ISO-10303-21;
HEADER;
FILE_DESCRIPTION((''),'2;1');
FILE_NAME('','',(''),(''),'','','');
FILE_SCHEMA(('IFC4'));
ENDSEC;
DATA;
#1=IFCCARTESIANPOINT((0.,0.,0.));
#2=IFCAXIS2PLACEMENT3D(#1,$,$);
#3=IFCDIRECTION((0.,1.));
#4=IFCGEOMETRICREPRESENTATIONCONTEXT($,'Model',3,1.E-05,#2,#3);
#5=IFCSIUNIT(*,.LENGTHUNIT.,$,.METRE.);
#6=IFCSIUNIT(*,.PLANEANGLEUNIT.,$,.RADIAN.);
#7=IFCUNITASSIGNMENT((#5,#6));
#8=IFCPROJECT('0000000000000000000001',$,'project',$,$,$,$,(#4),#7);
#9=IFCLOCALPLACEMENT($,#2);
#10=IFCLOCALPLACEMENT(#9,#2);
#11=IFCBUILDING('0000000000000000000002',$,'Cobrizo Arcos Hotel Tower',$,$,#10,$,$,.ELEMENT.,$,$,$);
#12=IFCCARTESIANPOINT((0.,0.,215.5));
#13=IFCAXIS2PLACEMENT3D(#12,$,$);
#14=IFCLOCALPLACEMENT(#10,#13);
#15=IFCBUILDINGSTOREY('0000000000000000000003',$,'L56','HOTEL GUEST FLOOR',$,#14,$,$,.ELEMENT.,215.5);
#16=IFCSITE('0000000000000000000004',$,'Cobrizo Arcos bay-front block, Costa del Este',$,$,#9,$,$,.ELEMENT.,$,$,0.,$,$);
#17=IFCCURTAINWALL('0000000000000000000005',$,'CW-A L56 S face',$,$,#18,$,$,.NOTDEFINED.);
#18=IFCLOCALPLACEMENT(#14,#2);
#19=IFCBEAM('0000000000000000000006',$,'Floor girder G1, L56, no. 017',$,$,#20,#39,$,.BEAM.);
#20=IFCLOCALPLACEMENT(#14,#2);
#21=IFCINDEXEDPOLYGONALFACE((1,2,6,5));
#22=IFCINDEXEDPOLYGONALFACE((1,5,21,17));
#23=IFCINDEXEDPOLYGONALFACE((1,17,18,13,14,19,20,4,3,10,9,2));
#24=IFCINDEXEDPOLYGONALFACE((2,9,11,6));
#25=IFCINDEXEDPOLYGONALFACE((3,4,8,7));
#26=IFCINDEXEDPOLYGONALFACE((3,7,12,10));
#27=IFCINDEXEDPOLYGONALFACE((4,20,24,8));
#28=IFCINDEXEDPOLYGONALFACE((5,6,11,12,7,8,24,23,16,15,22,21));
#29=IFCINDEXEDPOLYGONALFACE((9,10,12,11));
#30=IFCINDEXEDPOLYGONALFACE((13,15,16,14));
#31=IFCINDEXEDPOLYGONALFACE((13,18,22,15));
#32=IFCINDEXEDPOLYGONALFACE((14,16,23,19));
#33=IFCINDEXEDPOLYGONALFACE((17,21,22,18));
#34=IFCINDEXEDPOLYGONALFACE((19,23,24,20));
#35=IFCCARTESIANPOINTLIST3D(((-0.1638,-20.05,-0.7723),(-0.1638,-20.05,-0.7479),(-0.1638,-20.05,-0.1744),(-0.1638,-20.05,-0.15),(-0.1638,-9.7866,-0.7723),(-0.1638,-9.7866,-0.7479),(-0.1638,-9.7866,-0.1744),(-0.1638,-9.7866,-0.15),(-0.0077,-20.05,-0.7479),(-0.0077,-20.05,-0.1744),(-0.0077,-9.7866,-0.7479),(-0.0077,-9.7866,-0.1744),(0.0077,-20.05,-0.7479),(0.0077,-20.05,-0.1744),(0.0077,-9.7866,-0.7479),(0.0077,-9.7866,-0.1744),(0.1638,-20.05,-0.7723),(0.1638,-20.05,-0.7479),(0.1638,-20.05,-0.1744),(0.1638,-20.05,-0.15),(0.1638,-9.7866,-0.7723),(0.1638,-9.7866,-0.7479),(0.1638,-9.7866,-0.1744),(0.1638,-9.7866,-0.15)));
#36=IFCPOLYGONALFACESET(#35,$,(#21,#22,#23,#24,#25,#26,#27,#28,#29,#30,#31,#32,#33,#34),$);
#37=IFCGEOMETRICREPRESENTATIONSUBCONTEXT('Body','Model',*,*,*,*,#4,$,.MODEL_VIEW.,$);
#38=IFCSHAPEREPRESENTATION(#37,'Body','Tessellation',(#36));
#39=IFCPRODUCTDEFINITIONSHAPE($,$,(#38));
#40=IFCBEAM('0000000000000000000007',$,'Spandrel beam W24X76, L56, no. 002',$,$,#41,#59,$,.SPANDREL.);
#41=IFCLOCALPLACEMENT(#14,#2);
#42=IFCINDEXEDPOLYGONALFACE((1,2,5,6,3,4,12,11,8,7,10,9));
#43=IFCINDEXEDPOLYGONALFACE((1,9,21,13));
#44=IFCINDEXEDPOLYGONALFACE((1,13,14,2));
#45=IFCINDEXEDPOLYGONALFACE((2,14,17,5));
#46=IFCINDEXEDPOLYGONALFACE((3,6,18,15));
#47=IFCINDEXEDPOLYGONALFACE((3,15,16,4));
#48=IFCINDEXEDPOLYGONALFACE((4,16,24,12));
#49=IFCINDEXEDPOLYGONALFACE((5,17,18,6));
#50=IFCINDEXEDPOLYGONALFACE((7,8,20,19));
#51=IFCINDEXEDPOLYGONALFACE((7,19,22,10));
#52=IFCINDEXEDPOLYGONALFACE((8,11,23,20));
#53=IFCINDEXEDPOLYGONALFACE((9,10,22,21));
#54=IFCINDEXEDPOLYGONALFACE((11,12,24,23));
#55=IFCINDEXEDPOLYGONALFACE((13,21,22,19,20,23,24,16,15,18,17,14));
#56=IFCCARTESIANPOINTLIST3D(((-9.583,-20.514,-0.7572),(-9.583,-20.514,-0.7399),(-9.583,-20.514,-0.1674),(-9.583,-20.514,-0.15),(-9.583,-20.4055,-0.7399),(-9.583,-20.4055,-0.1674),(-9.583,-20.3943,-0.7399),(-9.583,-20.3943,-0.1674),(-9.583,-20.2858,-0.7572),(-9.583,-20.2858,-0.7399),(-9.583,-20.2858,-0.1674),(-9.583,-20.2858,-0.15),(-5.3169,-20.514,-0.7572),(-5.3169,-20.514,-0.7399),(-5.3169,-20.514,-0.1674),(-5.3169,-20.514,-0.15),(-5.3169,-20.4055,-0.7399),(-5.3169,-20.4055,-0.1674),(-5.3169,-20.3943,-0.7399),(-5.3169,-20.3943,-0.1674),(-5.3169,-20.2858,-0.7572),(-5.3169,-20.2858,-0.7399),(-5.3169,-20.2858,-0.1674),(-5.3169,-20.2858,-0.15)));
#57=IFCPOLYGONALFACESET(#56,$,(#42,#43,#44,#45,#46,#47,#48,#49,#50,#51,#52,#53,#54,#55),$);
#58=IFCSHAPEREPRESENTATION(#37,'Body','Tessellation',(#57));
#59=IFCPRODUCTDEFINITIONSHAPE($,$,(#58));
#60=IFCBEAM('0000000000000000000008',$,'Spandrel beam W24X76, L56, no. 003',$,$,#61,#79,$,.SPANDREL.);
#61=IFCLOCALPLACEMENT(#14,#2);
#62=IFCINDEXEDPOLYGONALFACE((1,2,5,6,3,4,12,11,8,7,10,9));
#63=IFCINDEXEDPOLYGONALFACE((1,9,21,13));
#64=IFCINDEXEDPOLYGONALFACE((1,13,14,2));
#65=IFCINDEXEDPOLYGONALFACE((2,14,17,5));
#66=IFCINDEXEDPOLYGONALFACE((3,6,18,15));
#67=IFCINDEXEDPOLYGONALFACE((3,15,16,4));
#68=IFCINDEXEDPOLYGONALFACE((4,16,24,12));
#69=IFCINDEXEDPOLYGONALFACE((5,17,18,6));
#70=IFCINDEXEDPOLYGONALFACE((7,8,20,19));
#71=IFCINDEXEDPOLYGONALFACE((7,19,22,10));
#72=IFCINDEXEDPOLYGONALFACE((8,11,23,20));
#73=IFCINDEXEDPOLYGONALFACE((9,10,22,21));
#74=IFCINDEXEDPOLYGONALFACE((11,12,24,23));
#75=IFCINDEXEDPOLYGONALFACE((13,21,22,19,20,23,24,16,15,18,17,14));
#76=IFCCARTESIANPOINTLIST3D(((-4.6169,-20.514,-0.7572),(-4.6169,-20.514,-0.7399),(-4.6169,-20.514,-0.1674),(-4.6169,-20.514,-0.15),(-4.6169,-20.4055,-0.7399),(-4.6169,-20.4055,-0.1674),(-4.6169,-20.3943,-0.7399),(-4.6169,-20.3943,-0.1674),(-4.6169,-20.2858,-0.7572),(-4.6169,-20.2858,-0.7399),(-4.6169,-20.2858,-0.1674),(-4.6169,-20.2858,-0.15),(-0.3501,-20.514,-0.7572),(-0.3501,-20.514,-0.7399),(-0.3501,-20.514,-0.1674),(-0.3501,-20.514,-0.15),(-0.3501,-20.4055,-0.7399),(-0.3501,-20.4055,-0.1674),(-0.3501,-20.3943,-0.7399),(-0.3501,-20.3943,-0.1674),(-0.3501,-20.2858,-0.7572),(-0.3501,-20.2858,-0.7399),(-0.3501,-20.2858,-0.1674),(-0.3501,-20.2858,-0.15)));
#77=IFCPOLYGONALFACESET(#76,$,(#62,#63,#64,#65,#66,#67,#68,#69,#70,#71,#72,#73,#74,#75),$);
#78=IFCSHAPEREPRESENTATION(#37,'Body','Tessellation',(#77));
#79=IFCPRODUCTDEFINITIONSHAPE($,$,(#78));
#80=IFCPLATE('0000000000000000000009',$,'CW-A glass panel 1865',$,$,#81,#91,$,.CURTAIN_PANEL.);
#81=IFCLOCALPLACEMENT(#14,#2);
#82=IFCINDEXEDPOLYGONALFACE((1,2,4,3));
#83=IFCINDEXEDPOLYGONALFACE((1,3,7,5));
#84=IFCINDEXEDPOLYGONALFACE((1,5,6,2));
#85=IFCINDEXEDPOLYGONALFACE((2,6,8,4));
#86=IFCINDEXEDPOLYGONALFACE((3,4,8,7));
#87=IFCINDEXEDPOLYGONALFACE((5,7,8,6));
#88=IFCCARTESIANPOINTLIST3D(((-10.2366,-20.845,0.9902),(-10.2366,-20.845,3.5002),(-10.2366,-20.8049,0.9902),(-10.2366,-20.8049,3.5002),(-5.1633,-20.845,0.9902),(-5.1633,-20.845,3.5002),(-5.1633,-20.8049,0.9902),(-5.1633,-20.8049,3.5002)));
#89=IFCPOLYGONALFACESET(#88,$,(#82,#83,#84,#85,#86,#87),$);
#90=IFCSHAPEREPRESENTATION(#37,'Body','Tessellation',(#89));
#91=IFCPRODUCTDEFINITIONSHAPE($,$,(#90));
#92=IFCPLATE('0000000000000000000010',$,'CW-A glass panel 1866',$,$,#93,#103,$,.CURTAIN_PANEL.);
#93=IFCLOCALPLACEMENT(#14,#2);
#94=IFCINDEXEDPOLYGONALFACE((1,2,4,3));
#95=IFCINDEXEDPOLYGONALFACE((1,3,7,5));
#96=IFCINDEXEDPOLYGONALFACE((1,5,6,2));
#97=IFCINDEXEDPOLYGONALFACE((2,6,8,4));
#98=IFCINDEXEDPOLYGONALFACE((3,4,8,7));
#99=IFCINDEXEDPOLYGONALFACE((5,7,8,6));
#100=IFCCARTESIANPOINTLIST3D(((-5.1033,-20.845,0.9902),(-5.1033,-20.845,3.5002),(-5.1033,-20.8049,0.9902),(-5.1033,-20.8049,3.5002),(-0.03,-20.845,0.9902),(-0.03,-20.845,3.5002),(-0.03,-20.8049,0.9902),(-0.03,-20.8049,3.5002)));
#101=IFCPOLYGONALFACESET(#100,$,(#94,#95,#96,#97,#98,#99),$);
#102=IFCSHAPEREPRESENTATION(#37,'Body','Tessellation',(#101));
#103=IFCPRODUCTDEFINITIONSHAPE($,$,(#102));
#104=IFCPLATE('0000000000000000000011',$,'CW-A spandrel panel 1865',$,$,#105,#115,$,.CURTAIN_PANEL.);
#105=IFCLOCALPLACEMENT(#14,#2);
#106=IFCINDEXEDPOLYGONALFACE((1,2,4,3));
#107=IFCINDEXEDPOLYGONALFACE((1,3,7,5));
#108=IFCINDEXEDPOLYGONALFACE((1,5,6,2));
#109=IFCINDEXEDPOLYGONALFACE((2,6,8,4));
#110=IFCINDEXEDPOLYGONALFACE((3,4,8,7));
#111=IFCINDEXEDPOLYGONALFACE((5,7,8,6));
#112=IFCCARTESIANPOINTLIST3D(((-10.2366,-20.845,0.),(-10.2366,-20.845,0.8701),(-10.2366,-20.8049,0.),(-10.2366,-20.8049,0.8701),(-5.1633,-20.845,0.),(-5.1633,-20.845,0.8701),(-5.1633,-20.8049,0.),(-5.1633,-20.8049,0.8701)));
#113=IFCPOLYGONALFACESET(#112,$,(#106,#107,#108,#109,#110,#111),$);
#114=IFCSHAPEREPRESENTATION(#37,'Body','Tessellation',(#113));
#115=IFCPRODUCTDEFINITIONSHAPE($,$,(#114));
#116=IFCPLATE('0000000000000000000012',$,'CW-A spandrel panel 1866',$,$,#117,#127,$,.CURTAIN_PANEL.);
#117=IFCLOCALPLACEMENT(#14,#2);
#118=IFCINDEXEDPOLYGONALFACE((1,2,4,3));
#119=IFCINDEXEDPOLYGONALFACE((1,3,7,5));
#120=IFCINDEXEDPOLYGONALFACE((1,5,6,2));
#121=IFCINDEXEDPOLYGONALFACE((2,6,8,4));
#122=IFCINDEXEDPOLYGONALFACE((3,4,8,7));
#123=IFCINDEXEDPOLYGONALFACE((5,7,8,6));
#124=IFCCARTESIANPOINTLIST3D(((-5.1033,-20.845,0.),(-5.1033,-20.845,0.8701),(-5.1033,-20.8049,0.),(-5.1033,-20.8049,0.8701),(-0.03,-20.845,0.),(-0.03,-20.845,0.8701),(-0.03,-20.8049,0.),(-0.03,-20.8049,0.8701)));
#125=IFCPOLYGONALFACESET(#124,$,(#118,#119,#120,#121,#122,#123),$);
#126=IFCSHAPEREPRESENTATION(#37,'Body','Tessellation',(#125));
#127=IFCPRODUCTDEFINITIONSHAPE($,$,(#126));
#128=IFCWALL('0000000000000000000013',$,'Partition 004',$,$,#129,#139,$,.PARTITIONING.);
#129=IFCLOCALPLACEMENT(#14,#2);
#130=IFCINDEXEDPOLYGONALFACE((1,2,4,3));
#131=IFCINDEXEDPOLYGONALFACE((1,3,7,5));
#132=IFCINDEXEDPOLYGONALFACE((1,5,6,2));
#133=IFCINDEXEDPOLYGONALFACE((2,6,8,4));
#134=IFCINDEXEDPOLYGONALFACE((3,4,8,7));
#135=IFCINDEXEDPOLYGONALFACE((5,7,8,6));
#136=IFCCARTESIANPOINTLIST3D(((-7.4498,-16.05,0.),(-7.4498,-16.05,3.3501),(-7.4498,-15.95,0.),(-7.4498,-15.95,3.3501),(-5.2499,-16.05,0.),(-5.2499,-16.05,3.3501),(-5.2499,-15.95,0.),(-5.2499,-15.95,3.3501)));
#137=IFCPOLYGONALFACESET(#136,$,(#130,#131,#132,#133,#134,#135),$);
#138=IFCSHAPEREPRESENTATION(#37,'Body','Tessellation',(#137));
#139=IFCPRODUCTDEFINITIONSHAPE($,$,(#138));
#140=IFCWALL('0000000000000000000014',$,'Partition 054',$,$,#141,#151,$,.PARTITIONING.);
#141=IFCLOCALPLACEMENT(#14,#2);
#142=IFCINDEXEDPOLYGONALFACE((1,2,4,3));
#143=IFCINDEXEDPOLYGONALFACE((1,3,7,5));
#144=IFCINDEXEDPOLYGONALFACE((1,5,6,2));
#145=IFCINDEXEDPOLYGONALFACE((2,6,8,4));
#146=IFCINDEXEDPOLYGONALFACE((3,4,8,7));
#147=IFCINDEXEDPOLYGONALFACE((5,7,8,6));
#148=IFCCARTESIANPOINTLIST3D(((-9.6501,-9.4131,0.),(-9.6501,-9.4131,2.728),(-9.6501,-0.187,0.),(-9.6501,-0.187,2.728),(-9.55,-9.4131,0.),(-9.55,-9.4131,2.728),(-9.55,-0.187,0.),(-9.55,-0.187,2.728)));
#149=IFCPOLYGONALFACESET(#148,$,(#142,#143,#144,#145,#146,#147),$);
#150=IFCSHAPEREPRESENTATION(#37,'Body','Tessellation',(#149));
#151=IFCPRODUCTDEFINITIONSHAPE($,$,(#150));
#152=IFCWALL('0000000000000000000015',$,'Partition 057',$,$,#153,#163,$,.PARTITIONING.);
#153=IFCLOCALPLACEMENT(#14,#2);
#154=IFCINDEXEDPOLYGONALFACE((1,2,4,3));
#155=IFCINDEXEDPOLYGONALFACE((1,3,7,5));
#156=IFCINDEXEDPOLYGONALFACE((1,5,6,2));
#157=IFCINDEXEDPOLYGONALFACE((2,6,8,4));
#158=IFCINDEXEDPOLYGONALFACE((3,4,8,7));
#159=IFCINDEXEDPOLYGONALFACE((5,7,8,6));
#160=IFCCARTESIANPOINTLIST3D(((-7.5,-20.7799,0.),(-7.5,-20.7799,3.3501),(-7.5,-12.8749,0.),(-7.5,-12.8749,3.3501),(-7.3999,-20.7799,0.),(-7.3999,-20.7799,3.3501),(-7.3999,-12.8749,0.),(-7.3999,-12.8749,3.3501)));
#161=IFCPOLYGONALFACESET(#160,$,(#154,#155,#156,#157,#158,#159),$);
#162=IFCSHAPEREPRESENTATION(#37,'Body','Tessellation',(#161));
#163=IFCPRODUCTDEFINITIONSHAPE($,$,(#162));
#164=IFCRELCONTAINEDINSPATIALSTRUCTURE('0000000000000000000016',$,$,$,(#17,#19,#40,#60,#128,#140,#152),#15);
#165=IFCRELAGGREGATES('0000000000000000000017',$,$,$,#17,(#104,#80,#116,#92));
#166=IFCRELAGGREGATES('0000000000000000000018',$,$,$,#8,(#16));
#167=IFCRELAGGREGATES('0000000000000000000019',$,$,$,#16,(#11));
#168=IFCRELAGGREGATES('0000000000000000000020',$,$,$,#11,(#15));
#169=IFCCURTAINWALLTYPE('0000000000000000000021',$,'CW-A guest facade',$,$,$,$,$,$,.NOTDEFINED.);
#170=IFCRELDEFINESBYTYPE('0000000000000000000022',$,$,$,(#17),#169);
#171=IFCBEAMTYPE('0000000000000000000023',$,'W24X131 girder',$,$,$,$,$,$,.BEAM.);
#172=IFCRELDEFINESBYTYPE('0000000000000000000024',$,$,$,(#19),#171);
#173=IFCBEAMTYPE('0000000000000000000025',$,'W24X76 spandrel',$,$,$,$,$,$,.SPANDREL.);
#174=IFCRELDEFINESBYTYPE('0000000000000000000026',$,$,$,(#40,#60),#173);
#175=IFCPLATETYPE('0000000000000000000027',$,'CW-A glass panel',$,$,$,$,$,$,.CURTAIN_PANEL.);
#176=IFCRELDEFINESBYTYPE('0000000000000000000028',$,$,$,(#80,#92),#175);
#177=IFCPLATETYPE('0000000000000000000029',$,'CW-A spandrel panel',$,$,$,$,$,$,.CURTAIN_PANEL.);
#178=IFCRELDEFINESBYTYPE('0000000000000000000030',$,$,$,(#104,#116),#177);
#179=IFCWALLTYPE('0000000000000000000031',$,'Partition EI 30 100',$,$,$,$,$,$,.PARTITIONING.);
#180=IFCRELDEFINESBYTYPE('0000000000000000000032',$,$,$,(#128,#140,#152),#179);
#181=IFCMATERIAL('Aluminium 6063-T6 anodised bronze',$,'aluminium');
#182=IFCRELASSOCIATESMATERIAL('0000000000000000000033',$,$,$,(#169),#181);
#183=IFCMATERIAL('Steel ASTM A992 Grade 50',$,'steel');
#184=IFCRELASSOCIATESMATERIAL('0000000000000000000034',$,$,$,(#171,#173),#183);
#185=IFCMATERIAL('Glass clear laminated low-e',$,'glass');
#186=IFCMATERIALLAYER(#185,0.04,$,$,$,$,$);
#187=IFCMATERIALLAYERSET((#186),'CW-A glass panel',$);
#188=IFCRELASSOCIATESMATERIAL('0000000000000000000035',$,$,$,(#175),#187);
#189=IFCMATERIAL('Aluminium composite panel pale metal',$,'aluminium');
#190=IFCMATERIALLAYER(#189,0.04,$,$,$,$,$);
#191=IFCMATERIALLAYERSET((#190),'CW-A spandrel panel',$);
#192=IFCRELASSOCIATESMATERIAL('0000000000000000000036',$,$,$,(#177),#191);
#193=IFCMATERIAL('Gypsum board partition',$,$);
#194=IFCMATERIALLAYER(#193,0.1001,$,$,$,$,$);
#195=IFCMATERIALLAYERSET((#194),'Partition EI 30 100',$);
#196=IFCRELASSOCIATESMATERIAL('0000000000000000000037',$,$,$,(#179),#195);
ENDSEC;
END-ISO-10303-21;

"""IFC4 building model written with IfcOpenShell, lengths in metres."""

from ifc_helpers import new_model, si_unit, direction, frame, frame_2d, origin, origin_2d, place, context, subcontext, project, spatial, rectangle, i_section, extrude, material, layer, layer_set, material_profile, profile_set, type_object, element, aggregate, save


model = new_model("IFC4")

# Units and contexts
model_context = context("Model", 3, precision=1e-05, world=origin(), true_north=direction((0.0, 1.0)))
body_context = subcontext(model_context, "Body", "Model", "MODEL_VIEW")
ifc_project = project(units=[si_unit("LENGTHUNIT", "METRE"), si_unit("PLANEANGLEUNIT", "RADIAN")], contexts=[model_context])

# Site, building, storey
site_placement = place(None, origin())
site = spatial("IfcSite", under=ifc_project, at=site_placement, Name="Cobrizo Arcos bay-front block, Costa del Este", CompositionType="ELEMENT", RefElevation=0.0)
building_placement = place(site_placement, origin())
building = spatial("IfcBuilding", under=site, at=building_placement, Name="Cobrizo Arcos Hotel Tower", CompositionType="ELEMENT")
storey_placement = place(building_placement, frame((0.0, 0.0, 215.5)))
storey = spatial("IfcBuildingStorey", under=building, at=storey_placement, Name="L56", Description="HOTEL GUEST FLOOR", CompositionType="ELEMENT", Elevation=215.5)

# Shared definitions
ifc_material_1 = material(Name="Steel ASTM A992 Grade 50", Category="steel")

# Curtain wall
ifc_material_2 = material(Name="Aluminium 6063-T6 anodised bronze", Category="aluminium")
curtain_wall_type = type_object("IfcCurtainWallType", Name="CW-A guest facade", PredefinedType="NOTDEFINED", material=ifc_material_2)
curtain_wall_placement = place(storey_placement, origin())
curtain_wall = element("IfcCurtainWall", 1, at=curtain_wall_placement, inside=storey, type_object=curtain_wall_type, Name="CW-A L56 S face", PredefinedType="NOTDEFINED")

# Beams
ifc_material_profile_1 = material_profile(ifc_material_1, i_section(OverallWidth=0.3276, OverallDepth=0.6223, WebThickness=0.0154, FlangeThickness=0.0244, at=origin_2d()), Name="W24X131")
ifc_profile_set_1 = profile_set([ifc_material_profile_1], Name="Steel ASTM A992 Grade 50")
beam_type_1 = type_object("IfcBeamType", Name="W24X131 girder", PredefinedType="BEAM", material=ifc_profile_set_1)
beam_1_placement = place(storey_placement, frame((0.0, -20.05, -0.4612), z_axis=(0.0, 1.0, 0.0), x_axis=(-1.0, 0.0, 0.0)))
element("IfcBeam", 2, at=beam_1_placement, inside=storey, type_object=beam_type_1, Name="Floor girder G1, L56, no. 017", PredefinedType="BEAM", context=body_context, shape_type="SweptSolid", body=[
    extrude(i_section(OverallWidth=0.3276, OverallDepth=0.6223, WebThickness=0.0154, FlangeThickness=0.0244, at=origin_2d()), origin(), (0.0, 0.0, 1.0), 10.2634),
])
ifc_material_profile_2 = material_profile(ifc_material_1, i_section(OverallWidth=0.2283, OverallDepth=0.6072, WebThickness=0.0112, FlangeThickness=0.0173, at=origin_2d()), Name="W24X76")
ifc_profile_set_2 = profile_set([ifc_material_profile_2], Name="Steel ASTM A992 Grade 50")
beam_type_2 = type_object("IfcBeamType", Name="W24X76 spandrel", PredefinedType="SPANDREL", material=ifc_profile_set_2)
beam_2_placement = place(storey_placement, frame((-9.583, -20.3999, -0.4536), z_axis=(1.0, 0.0, 0.0), x_axis=(0.0, 1.0, 0.0)))
element("IfcBeam", 3, at=beam_2_placement, inside=storey, type_object=beam_type_2, Name="Spandrel beam W24X76, L56, no. 002", PredefinedType="SPANDREL", context=body_context, shape_type="SweptSolid", body=[
    extrude(i_section(OverallWidth=0.2283, OverallDepth=0.6072, WebThickness=0.0112, FlangeThickness=0.0173, at=origin_2d()), origin(), (0.0, 0.0, 1.0), 4.2661),
])
beam_3_placement = place(storey_placement, frame((-4.6169, -20.3999, -0.4536), z_axis=(1.0, 0.0, 0.0), x_axis=(0.0, 1.0, 0.0)))
element("IfcBeam", 4, at=beam_3_placement, inside=storey, type_object=beam_type_2, Name="Spandrel beam W24X76, L56, no. 003", PredefinedType="SPANDREL", context=body_context, shape_type="SweptSolid", body=[
    extrude(i_section(OverallWidth=0.2283, OverallDepth=0.6072, WebThickness=0.0112, FlangeThickness=0.0173, at=origin_2d()), origin(), (0.0, 0.0, 1.0), 4.2668),
])

# Plates
ifc_material_3 = material(Name="Glass clear laminated low-e", Category="glass")
ifc_layer_1 = layer(ifc_material_3, 0.04)
ifc_layer_set_1 = layer_set([ifc_layer_1], Name="CW-A glass panel")
plate_type_1 = type_object("IfcPlateType", Name="CW-A glass panel", PredefinedType="CURTAIN_PANEL", material=ifc_layer_set_1)
plate_1_placement = place(storey_placement, frame((-7.7, -20.825, 0.9902), z_axis=(0.0, 0.0, 1.0), x_axis=(1.0, 0.0, 0.0)))
plate_1 = element("IfcPlate", 5, at=plate_1_placement, type_object=plate_type_1, Name="CW-A glass panel 1865", PredefinedType="CURTAIN_PANEL", context=body_context, shape_type="SweptSolid", body=[
    extrude(rectangle(XDim=5.0732, YDim=0.04, at=origin_2d()), origin(), (0.0, 0.0, 1.0), 2.51),
])
plate_2_placement = place(storey_placement, frame((-2.5667, -20.825, 0.9902), z_axis=(0.0, 0.0, 1.0), x_axis=(1.0, 0.0, 0.0)))
plate_2 = element("IfcPlate", 6, at=plate_2_placement, type_object=plate_type_1, Name="CW-A glass panel 1866", PredefinedType="CURTAIN_PANEL", context=body_context, shape_type="SweptSolid", body=[
    extrude(rectangle(XDim=5.0732, YDim=0.04, at=origin_2d()), origin(), (0.0, 0.0, 1.0), 2.51),
])
ifc_material_4 = material(Name="Aluminium composite panel pale metal", Category="aluminium")
ifc_layer_2 = layer(ifc_material_4, 0.04)
ifc_layer_set_2 = layer_set([ifc_layer_2], Name="CW-A spandrel panel")
plate_type_2 = type_object("IfcPlateType", Name="CW-A spandrel panel", PredefinedType="CURTAIN_PANEL", material=ifc_layer_set_2)
plate_3_placement = place(storey_placement, frame((-7.7, -20.825, 0.0), z_axis=(0.0, 0.0, 1.0), x_axis=(1.0, 0.0, 0.0)))
plate_3 = element("IfcPlate", 7, at=plate_3_placement, type_object=plate_type_2, Name="CW-A spandrel panel 1865", PredefinedType="CURTAIN_PANEL", context=body_context, shape_type="SweptSolid", body=[
    extrude(rectangle(XDim=5.0732, YDim=0.04, at=origin_2d()), origin(), (0.0, 0.0, 1.0), 0.8701),
])
plate_4_placement = place(storey_placement, frame((-2.5667, -20.825, 0.0), z_axis=(0.0, 0.0, 1.0), x_axis=(1.0, 0.0, 0.0)))
plate_4 = element("IfcPlate", 8, at=plate_4_placement, type_object=plate_type_2, Name="CW-A spandrel panel 1866", PredefinedType="CURTAIN_PANEL", context=body_context, shape_type="SweptSolid", body=[
    extrude(rectangle(XDim=5.0732, YDim=0.04, at=origin_2d()), origin(), (0.0, 0.0, 1.0), 0.8701),
])
aggregate(curtain_wall, [plate_3, plate_1, plate_4, plate_2])

# Walls
ifc_material_5 = material(Name="Gypsum board partition")
ifc_layer_3 = layer(ifc_material_5, 0.1001)
ifc_layer_set_3 = layer_set([ifc_layer_3], Name="Partition EI 30 100")
wall_type = type_object("IfcWallType", Name="Partition EI 30 100", PredefinedType="PARTITIONING", material=ifc_layer_set_3)
wall_1_placement = place(storey_placement, frame((-7.45, -16.0, 0.0), z_axis=(0.0, 0.0, 1.0), x_axis=(1.0, 0.0, 0.0)))
element("IfcWall", 9, at=wall_1_placement, inside=storey, type_object=wall_type, Name="Partition 004", PredefinedType="PARTITIONING", context=body_context, shape_type="SweptSolid", body=[
    extrude(rectangle(XDim=2.2, YDim=0.1001, at=frame_2d((1.1001, 0.0))), origin(), (0.0, 0.0, 1.0), 3.3501),
])
wall_2_placement = place(storey_placement, frame((-9.6001, -9.4131, 0.0), z_axis=(0.0, 0.0, 1.0), x_axis=(0.0, 1.0, 0.0)))
element("IfcWall", 10, at=wall_2_placement, inside=storey, type_object=wall_type, Name="Partition 054", PredefinedType="PARTITIONING", context=body_context, shape_type="SweptSolid", body=[
    extrude(rectangle(XDim=9.2261, YDim=0.1001, at=frame_2d((4.613, 0.0))), origin(), (0.0, 0.0, 1.0), 2.728),
])
wall_3_placement = place(storey_placement, frame((-7.45, -20.78, 0.0), z_axis=(0.0, 0.0, 1.0), x_axis=(0.0, 1.0, 0.0)))
element("IfcWall", 11, at=wall_3_placement, inside=storey, type_object=wall_type, Name="Partition 057", PredefinedType="PARTITIONING", context=body_context, shape_type="SweptSolid", body=[
    extrude(rectangle(XDim=7.905, YDim=0.1001, at=frame_2d((3.9526, 0.0))), origin(), (0.0, 0.0, 1.0), 3.3501),
])

save(model, "model.ifc")
